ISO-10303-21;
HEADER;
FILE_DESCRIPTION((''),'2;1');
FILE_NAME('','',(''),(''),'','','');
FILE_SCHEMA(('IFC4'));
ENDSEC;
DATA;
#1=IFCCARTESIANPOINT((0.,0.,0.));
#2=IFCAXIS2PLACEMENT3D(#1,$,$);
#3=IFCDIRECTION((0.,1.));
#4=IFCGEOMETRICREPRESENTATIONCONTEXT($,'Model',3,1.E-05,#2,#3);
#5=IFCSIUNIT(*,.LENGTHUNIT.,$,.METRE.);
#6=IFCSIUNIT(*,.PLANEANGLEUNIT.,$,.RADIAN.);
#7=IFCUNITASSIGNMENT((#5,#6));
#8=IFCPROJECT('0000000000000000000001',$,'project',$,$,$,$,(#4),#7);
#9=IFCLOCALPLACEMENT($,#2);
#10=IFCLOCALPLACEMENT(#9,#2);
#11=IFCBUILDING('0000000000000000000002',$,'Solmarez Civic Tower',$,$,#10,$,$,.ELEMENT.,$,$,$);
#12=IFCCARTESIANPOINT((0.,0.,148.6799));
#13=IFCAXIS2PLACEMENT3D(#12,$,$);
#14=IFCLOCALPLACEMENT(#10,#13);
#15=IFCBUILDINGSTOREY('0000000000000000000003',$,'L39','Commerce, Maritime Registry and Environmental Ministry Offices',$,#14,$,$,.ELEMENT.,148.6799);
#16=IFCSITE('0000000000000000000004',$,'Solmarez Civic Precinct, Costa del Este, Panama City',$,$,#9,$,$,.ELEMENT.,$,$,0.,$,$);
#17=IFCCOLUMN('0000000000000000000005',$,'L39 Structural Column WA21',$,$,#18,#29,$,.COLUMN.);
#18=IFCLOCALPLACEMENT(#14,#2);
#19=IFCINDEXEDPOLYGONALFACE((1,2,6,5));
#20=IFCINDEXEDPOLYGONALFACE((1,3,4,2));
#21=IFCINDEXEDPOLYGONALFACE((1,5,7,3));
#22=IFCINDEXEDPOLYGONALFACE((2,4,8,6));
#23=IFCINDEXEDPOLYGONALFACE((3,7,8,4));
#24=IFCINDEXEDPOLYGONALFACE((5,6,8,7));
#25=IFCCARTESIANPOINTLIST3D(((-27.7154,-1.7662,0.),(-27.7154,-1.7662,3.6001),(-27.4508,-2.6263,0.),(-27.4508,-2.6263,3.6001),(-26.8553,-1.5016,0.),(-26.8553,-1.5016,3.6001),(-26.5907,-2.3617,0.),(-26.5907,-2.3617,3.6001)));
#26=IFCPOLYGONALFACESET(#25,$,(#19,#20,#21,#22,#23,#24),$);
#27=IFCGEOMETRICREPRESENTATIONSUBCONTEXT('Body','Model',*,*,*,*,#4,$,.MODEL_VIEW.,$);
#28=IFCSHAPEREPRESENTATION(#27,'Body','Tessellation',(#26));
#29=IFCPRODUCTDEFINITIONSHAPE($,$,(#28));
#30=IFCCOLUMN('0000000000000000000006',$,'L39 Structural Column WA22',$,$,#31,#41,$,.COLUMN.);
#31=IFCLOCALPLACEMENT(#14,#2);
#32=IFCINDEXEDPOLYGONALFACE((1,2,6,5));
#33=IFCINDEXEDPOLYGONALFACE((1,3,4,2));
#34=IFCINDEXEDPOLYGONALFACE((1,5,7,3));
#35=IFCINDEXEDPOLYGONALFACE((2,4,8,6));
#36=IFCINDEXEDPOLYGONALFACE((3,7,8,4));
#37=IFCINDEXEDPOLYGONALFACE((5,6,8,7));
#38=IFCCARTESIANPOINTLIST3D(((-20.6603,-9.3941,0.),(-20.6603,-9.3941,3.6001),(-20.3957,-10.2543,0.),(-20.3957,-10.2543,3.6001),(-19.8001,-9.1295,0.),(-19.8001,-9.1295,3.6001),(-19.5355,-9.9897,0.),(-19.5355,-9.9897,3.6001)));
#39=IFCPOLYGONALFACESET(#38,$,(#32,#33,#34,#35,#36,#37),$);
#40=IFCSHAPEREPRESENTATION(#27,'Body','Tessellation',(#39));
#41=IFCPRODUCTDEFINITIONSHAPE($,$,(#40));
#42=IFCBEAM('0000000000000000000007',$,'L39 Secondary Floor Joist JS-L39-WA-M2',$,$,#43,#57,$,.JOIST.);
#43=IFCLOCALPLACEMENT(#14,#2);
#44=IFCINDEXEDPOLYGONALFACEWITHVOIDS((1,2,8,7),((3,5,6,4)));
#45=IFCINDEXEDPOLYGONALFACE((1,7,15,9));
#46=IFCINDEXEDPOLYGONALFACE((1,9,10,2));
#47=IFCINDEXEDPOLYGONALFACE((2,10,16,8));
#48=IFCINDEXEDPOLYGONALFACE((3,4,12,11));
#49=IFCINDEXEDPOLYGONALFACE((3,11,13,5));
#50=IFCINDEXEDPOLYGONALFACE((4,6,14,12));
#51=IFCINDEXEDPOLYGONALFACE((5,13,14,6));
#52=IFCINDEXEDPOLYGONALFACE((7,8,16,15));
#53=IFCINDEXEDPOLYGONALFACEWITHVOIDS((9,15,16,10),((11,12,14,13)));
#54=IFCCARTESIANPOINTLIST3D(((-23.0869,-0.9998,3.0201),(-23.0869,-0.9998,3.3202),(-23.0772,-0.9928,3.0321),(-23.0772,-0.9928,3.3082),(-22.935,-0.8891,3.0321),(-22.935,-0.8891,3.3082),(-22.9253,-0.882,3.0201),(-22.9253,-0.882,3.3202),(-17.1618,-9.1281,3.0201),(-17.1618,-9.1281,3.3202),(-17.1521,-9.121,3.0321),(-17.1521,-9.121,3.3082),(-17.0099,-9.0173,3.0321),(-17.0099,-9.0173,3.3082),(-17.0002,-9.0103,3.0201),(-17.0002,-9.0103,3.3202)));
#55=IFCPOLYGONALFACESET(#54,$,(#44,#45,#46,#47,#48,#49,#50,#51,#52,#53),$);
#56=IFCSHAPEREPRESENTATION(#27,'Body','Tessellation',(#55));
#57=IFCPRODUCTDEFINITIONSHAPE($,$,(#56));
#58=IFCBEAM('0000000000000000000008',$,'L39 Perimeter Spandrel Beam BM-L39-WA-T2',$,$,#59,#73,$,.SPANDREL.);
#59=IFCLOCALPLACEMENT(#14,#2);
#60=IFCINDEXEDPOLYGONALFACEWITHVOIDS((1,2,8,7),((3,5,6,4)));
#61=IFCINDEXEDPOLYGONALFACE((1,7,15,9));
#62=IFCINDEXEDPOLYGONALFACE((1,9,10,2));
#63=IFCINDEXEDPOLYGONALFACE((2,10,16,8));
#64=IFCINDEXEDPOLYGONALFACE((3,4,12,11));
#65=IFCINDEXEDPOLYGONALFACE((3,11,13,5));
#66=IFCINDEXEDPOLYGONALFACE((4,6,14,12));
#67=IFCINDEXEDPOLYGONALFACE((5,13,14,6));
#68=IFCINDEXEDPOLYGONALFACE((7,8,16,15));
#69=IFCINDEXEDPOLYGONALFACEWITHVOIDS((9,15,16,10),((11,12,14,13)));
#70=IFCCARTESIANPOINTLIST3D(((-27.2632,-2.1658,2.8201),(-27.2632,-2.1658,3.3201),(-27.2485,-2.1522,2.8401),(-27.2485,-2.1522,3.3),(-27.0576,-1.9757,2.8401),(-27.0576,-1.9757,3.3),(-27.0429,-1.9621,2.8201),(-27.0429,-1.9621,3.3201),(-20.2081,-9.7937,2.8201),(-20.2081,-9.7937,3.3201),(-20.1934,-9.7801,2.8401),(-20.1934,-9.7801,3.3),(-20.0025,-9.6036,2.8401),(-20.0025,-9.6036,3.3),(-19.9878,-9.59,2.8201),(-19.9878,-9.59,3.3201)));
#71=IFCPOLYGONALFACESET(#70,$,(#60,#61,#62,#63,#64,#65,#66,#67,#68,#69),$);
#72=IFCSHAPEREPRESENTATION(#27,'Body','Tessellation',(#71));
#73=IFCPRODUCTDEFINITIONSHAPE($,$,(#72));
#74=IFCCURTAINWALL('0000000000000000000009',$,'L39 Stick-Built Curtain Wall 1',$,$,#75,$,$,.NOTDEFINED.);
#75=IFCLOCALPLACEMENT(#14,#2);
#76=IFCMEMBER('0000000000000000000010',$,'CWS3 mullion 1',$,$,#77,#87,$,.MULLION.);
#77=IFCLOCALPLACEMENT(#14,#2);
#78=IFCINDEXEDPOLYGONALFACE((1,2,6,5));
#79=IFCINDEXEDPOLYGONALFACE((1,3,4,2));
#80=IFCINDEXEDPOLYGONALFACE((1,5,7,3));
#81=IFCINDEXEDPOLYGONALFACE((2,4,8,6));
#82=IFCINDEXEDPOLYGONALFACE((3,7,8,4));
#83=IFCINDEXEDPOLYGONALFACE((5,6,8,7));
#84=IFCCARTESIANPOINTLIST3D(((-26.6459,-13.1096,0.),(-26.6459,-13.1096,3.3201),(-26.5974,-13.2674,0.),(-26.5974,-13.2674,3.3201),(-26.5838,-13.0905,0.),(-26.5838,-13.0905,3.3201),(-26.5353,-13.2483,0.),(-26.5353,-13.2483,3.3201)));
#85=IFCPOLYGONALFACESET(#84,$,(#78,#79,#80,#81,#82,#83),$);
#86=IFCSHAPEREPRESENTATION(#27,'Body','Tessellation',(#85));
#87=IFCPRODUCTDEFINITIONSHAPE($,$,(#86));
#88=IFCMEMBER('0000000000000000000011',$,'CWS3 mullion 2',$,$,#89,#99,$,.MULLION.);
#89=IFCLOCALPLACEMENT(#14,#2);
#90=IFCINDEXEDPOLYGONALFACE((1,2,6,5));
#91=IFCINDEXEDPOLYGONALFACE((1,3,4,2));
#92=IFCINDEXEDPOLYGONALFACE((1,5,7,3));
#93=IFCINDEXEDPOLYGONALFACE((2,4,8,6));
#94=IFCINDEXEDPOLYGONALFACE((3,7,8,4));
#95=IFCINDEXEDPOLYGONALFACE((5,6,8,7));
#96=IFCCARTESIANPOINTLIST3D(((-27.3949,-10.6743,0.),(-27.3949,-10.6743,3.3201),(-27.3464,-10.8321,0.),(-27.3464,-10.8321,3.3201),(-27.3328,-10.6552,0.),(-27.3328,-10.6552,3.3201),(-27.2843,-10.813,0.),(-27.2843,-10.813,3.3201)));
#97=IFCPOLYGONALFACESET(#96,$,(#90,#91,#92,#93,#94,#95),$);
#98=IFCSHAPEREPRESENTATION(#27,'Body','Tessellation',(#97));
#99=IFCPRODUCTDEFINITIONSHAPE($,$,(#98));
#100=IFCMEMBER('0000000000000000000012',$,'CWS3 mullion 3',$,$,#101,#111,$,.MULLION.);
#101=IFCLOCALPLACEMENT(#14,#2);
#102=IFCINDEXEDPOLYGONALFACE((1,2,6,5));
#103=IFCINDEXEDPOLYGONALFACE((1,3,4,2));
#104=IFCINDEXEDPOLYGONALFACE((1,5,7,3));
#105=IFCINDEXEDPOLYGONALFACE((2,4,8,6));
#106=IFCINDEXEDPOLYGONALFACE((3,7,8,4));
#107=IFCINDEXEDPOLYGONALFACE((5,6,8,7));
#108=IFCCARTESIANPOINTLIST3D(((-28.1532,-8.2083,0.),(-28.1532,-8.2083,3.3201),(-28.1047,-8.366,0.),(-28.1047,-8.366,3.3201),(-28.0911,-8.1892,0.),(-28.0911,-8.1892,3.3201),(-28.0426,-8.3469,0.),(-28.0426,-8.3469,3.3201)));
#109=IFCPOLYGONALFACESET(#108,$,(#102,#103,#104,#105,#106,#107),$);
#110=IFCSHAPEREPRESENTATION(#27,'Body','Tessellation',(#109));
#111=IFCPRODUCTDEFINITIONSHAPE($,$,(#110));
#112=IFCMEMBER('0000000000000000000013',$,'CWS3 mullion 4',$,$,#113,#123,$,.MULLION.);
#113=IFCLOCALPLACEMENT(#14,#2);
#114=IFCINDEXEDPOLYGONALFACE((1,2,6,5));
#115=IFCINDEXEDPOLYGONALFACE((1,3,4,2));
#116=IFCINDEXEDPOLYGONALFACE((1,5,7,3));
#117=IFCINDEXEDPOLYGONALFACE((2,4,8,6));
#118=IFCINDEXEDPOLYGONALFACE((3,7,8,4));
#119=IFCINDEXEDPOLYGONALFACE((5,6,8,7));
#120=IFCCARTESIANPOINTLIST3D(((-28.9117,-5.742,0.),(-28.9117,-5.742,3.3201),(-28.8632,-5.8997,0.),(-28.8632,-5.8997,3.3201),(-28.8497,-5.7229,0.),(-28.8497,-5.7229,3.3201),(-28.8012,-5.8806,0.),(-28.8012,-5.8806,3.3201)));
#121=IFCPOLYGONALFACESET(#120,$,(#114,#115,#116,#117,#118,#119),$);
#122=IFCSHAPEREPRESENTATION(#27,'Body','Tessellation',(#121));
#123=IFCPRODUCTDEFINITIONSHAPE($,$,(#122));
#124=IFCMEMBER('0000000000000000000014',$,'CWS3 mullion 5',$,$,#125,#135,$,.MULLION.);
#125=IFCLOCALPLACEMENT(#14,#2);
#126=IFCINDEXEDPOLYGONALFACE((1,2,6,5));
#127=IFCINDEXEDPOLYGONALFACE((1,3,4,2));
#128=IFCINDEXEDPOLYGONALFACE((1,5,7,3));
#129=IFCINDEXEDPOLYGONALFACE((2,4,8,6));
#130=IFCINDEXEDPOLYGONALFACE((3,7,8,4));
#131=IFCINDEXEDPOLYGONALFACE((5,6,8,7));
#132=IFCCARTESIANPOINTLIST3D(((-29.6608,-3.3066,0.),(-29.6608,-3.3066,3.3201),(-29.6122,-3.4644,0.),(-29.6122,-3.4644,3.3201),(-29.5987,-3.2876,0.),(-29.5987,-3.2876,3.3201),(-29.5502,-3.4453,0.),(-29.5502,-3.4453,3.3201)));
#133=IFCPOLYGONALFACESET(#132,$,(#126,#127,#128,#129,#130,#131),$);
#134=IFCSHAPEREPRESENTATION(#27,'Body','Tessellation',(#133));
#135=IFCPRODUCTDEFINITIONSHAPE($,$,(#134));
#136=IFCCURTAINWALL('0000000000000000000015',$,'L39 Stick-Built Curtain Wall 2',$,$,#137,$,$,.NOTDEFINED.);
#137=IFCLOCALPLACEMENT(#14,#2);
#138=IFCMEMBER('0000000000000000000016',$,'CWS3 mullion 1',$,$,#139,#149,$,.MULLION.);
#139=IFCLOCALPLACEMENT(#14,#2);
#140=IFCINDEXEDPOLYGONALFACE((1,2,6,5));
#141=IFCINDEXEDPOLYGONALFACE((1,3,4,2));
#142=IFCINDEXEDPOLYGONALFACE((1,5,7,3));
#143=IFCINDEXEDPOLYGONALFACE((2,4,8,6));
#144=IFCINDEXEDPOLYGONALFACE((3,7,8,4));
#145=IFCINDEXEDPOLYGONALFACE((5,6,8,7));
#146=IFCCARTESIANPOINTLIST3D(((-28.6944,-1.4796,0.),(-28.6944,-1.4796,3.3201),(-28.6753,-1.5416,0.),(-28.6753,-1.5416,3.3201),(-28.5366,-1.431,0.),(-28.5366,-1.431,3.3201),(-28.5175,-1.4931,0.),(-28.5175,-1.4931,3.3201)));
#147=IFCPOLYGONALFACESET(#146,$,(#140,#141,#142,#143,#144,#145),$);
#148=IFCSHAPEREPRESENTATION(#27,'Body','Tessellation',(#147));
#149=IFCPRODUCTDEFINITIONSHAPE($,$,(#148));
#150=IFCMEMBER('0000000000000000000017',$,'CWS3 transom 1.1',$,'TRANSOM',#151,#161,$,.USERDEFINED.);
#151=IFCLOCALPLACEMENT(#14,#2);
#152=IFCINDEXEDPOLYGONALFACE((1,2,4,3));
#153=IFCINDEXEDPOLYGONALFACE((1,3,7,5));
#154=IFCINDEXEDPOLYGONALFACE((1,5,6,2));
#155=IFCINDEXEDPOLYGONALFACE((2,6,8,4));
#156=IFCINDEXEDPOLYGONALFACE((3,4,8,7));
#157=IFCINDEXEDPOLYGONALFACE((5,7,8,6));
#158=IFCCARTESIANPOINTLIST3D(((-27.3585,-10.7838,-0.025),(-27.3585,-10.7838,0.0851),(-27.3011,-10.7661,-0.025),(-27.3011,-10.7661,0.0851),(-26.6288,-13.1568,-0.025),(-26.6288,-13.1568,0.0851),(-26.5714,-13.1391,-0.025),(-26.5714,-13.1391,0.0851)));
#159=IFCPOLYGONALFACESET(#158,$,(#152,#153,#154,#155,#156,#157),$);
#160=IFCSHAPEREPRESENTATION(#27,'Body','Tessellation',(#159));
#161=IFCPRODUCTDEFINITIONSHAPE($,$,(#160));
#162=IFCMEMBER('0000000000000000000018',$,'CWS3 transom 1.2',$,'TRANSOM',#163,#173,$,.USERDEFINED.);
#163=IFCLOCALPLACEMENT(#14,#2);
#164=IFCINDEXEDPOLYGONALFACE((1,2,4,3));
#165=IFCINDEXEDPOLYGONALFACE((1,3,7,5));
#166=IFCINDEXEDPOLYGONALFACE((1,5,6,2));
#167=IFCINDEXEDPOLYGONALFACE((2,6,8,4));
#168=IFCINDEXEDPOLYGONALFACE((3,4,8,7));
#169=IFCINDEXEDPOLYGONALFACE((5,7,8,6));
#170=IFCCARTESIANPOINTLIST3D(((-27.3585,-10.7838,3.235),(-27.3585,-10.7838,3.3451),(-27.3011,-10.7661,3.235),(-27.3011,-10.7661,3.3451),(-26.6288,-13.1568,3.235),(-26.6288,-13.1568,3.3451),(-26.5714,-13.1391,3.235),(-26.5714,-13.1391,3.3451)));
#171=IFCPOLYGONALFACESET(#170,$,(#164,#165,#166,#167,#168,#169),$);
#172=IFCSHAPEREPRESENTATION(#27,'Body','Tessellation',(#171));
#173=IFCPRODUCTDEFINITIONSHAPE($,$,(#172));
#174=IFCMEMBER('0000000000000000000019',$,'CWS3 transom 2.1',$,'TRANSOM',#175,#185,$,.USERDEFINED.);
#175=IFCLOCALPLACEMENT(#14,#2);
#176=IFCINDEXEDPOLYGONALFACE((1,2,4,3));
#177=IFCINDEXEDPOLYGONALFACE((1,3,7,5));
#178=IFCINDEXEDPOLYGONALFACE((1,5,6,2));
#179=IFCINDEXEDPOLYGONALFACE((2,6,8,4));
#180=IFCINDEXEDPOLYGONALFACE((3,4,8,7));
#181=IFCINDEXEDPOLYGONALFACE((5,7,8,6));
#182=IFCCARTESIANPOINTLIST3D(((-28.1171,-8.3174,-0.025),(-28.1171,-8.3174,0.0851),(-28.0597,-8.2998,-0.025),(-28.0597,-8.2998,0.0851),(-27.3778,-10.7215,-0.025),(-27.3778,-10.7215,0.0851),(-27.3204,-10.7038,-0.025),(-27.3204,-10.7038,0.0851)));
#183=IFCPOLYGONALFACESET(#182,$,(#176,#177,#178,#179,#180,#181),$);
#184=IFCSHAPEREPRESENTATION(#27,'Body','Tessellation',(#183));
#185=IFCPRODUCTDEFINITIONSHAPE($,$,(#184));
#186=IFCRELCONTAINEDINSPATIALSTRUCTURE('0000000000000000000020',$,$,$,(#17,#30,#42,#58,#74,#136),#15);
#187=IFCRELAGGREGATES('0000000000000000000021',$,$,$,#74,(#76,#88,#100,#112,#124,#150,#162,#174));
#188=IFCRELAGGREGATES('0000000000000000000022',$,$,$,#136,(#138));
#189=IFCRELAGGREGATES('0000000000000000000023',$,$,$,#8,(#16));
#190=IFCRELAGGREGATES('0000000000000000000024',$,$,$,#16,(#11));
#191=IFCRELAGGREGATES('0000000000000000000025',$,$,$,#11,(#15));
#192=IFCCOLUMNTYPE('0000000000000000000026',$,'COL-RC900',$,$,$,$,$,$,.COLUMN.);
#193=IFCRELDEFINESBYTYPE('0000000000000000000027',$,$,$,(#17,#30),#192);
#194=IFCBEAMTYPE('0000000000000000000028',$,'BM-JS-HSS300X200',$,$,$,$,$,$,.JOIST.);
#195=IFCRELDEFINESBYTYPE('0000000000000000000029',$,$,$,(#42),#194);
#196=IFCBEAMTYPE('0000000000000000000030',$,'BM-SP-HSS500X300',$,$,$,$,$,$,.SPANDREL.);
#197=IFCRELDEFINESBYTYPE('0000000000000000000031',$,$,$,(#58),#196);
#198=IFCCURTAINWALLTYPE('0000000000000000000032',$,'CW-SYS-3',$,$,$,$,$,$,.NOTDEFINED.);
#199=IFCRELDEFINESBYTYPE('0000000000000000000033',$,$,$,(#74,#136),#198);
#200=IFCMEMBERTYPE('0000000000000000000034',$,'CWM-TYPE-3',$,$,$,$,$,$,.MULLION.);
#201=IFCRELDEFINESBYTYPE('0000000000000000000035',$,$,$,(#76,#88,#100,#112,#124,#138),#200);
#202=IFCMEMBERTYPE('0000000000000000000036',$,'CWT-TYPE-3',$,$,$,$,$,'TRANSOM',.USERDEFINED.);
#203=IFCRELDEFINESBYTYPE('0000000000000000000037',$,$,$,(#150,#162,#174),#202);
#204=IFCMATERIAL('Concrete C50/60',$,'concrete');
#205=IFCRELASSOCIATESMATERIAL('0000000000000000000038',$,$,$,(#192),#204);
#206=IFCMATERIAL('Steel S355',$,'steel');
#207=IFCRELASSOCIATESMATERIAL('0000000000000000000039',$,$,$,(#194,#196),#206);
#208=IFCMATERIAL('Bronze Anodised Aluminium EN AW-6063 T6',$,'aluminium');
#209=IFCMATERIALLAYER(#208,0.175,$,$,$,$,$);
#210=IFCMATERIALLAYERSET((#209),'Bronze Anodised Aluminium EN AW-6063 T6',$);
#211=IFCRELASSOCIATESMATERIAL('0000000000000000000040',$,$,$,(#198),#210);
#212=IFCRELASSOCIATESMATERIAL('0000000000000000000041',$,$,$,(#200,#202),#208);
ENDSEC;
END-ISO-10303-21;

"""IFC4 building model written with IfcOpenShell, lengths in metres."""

from ifc_helpers import new_model, si_unit, direction, frame, origin, origin_2d, place, context, subcontext, project, spatial, rectangle, hollow_rectangle, extrude, material, layer, layer_set, material_profile, profile_set, type_object, element, aggregate, save


model = new_model("IFC4")

# Units and contexts
model_context = context("Model", 3, precision=1e-05, world=origin(), true_north=direction((0.0, 1.0)))
body_context = subcontext(model_context, "Body", "Model", "MODEL_VIEW")
ifc_project = project(units=[si_unit("LENGTHUNIT", "METRE"), si_unit("PLANEANGLEUNIT", "RADIAN")], contexts=[model_context])

# Site, building, storey
site_placement = place(None, origin())
site = spatial("IfcSite", under=ifc_project, at=site_placement, Name="Solmarez Civic Precinct, Costa del Este, Panama City", CompositionType="ELEMENT", RefElevation=0.0)
building_placement = place(site_placement, origin())
building = spatial("IfcBuilding", under=site, at=building_placement, Name="Solmarez Civic Tower", CompositionType="ELEMENT")
storey_placement = place(building_placement, frame((0.0, 0.0, 148.6799)))
storey = spatial("IfcBuildingStorey", under=building, at=storey_placement, Name="L39", Description="Commerce, Maritime Registry and Environmental Ministry Offices", CompositionType="ELEMENT", Elevation=148.6799)

# Columns
ifc_material_1 = material(Name="Concrete C50/60", Category="concrete")
ifc_material_profile_1 = material_profile(ifc_material_1, rectangle(XDim=0.8999, YDim=0.8999, at=origin_2d()), Name="RC900X900")
ifc_profile_set_1 = profile_set([ifc_material_profile_1], Name="Concrete C50/60")
column_type = type_object("IfcColumnType", Name="COL-RC900", PredefinedType="COLUMN", material=ifc_profile_set_1)
for number, where, z_axis, x_axis, name in (
    (1, (-27.1531, -2.064, 0.0), (0.0, 0.0, 1.0), (0.955793, 0.29404, 0.0), "L39 Structural Column WA21"),
    (2, (-20.0979, -9.6919, 0.0), (0.0, 0.0, 1.0), (0.955793, 0.29404, 0.0), "L39 Structural Column WA22"),
):
    element("IfcColumn", number, at=place(storey_placement, frame(where, z_axis=z_axis, x_axis=x_axis)), inside=storey, type_object=column_type, Name=name, PredefinedType="COLUMN", context=body_context, shape_type="SweptSolid", body=[
        extrude(rectangle(XDim=0.8999, YDim=0.8999, at=origin_2d()), origin(), (0.0, 0.0, 1.0), 3.6001),
    ])

# Beams
ifc_material_2 = material(Name="Steel S355", Category="steel")
ifc_material_profile_2 = material_profile(ifc_material_2, hollow_rectangle(XDim=0.2, YDim=0.3, WallThickness=0.012, at=origin_2d()), Name="HSS300X200X12")
ifc_profile_set_2 = profile_set([ifc_material_profile_2], Name="Steel S355")
beam_type_1 = type_object("IfcBeamType", Name="BM-JS-HSS300X200", PredefinedType="JOIST", material=ifc_profile_set_2)
beam_1_placement = place(storey_placement, frame((-23.0061, -0.9409, 3.1702), z_axis=(0.589059, -0.80809, 0.0), x_axis=(0.80809, 0.589059, 0.0)))
element("IfcBeam", 3, at=beam_1_placement, inside=storey, type_object=beam_type_1, Name="L39 Secondary Floor Joist JS-L39-WA-M2", PredefinedType="JOIST", context=body_context, shape_type="SweptSolid", body=[
    extrude(hollow_rectangle(XDim=0.2, YDim=0.3, WallThickness=0.012, at=origin_2d()), origin(), (0.0, 0.0, 1.0), 10.0586),
])
ifc_material_profile_3 = material_profile(ifc_material_2, hollow_rectangle(XDim=0.3, YDim=0.5, WallThickness=0.02, at=origin_2d()), Name="HSS500X300X20")
ifc_profile_set_3 = profile_set([ifc_material_profile_3], Name="Steel S355")
beam_type_2 = type_object("IfcBeamType", Name="BM-SP-HSS500X300", PredefinedType="SPANDREL", material=ifc_profile_set_3)
beam_2_placement = place(storey_placement, frame((-27.1531, -2.064, 3.0701), z_axis=(0.679008, -0.734131, 0.0), x_axis=(0.734131, 0.679008, 0.0)))
element("IfcBeam", 4, at=beam_2_placement, inside=storey, type_object=beam_type_2, Name="L39 Perimeter Spandrel Beam BM-L39-WA-T2", PredefinedType="SPANDREL", context=body_context, shape_type="SweptSolid", body=[
    extrude(hollow_rectangle(XDim=0.3, YDim=0.5, WallThickness=0.02, at=origin_2d()), origin(), (0.0, 0.0, 1.0), 10.3904),
])

# Curtain wall, members
ifc_material_3 = material(Name="Bronze Anodised Aluminium EN AW-6063 T6", Category="aluminium")
ifc_layer_1 = layer(ifc_material_3, 0.175)
ifc_layer_set_1 = layer_set([ifc_layer_1], Name="Bronze Anodised Aluminium EN AW-6063 T6")
curtain_wall_type = type_object("IfcCurtainWallType", Name="CW-SYS-3", PredefinedType="NOTDEFINED", material=ifc_layer_set_1)
curtain_wall_1_placement = place(storey_placement, origin())
curtain_wall_1 = element("IfcCurtainWall", 5, at=curtain_wall_1_placement, inside=storey, type_object=curtain_wall_type, Name="L39 Stick-Built Curtain Wall 1", PredefinedType="NOTDEFINED")
ifc_material_profile_4 = material_profile(ifc_material_3, rectangle(XDim=0.0649, YDim=0.165, at=origin_2d()), Name="CWM-65X165")
ifc_profile_set_4 = profile_set([ifc_material_profile_4], Name="Bronze Anodised Aluminium EN AW-6063 T6")
member_type_1 = type_object("IfcMemberType", Name="CWM-TYPE-3", PredefinedType="MULLION", material=ifc_profile_set_4)
member_1_placement = place(storey_placement, frame((-26.5906, -13.179, 0.0), z_axis=(0.0, 0.0, 1.0), x_axis=(-0.955817, -0.293963, 0.0)))
member_1 = element("IfcMember", 6, at=member_1_placement, type_object=member_type_1, Name="CWS3 mullion 1", PredefinedType="MULLION", context=body_context, shape_type="SweptSolid", body=[
    extrude(rectangle(XDim=0.0649, YDim=0.165, at=origin_2d()), origin(), (0.0, 0.0, 1.0), 3.3201),
])
member_2_placement = place(storey_placement, frame((-27.3396, -10.7437, 0.0), z_axis=(0.0, 0.0, 1.0), x_axis=(-0.955817, -0.293963, 0.0)))
member_2 = element("IfcMember", 7, at=member_2_placement, type_object=member_type_1, Name="CWS3 mullion 2", PredefinedType="MULLION", context=body_context, shape_type="SweptSolid", body=[
    extrude(rectangle(XDim=0.0649, YDim=0.165, at=origin_2d()), origin(), (0.0, 0.0, 1.0), 3.3201),
])
member_3_placement = place(storey_placement, frame((-28.0979, -8.2776, 0.0), z_axis=(0.0, 0.0, 1.0), x_axis=(-0.955817, -0.293963, 0.0)))
member_3 = element("IfcMember", 8, at=member_3_placement, type_object=member_type_1, Name="CWS3 mullion 3", PredefinedType="MULLION", context=body_context, shape_type="SweptSolid", body=[
    extrude(rectangle(XDim=0.0649, YDim=0.165, at=origin_2d()), origin(), (0.0, 0.0, 1.0), 3.3201),
])
member_4_placement = place(storey_placement, frame((-28.8564, -5.8113, 0.0), z_axis=(0.0, 0.0, 1.0), x_axis=(-0.955817, -0.293963, 0.0)))
member_4 = element("IfcMember", 9, at=member_4_placement, type_object=member_type_1, Name="CWS3 mullion 4", PredefinedType="MULLION", context=body_context, shape_type="SweptSolid", body=[
    extrude(rectangle(XDim=0.0649, YDim=0.165, at=origin_2d()), origin(), (0.0, 0.0, 1.0), 3.3201),
])
member_5_placement = place(storey_placement, frame((-29.6055, -3.376, 0.0), z_axis=(0.0, 0.0, 1.0), x_axis=(-0.955817, -0.293963, 0.0)))
member_5 = element("IfcMember", 10, at=member_5_placement, type_object=member_type_1, Name="CWS3 mullion 5", PredefinedType="MULLION", context=body_context, shape_type="SweptSolid", body=[
    extrude(rectangle(XDim=0.0649, YDim=0.165, at=origin_2d()), origin(), (0.0, 0.0, 1.0), 3.3201),
])

# Curtain wall, member
curtain_wall_2_placement = place(storey_placement, origin())
curtain_wall_2 = element("IfcCurtainWall", 11, at=curtain_wall_2_placement, inside=storey, type_object=curtain_wall_type, Name="L39 Stick-Built Curtain Wall 2", PredefinedType="NOTDEFINED")
member_6_placement = place(storey_placement, frame((-28.606, -1.4863, 0.0), z_axis=(0.0, 0.0, 1.0), x_axis=(-0.294008, 0.955803, 0.0)))
member_6 = element("IfcMember", 12, at=member_6_placement, type_object=member_type_1, Name="CWS3 mullion 1", PredefinedType="MULLION", context=body_context, shape_type="SweptSolid", body=[
    extrude(rectangle(XDim=0.0649, YDim=0.165, at=origin_2d()), origin(), (0.0, 0.0, 1.0), 3.3201),
])

# Members
ifc_material_profile_5 = material_profile(ifc_material_3, rectangle(XDim=0.0601, YDim=0.1101, at=origin_2d()), Name="CWT-60X110")
ifc_profile_set_5 = profile_set([ifc_material_profile_5], Name="Bronze Anodised Aluminium EN AW-6063 T6")
member_type_2 = type_object("IfcMemberType", Name="CWT-TYPE-3", ElementType="TRANSOM", PredefinedType="USERDEFINED", material=ifc_profile_set_5)
member_7_placement = place(storey_placement, frame((-26.6001, -13.1479, 0.03), z_axis=(-0.293927, 0.955828, 0.0), x_axis=(-0.955828, -0.293927, 0.0)))
member_7 = element("IfcMember", 13, at=member_7_placement, type_object=member_type_2, Name="CWS3 transom 1.1", ObjectType="TRANSOM", PredefinedType="USERDEFINED", context=body_context, shape_type="SweptSolid", body=[
    extrude(rectangle(XDim=0.0601, YDim=0.1101, at=origin_2d()), origin(), (0.0, 0.0, 1.0), 2.4827),
])
member_8_placement = place(storey_placement, frame((-26.6001, -13.1479, 3.29), z_axis=(-0.293927, 0.955828, 0.0), x_axis=(-0.955828, -0.293927, 0.0)))
member_8 = element("IfcMember", 14, at=member_8_placement, type_object=member_type_2, Name="CWS3 transom 1.2", ObjectType="TRANSOM", PredefinedType="USERDEFINED", context=body_context, shape_type="SweptSolid", body=[
    extrude(rectangle(XDim=0.0601, YDim=0.1101, at=origin_2d()), origin(), (0.0, 0.0, 1.0), 2.4827),
])
member_9_placement = place(storey_placement, frame((-27.3491, -10.7126, 0.03), z_axis=(-0.293922, 0.955829, 0.0), x_axis=(-0.955829, -0.293922, 0.0)))
member_9 = element("IfcMember", 15, at=member_9_placement, type_object=member_type_2, Name="CWS3 transom 2.1", ObjectType="TRANSOM", PredefinedType="USERDEFINED", context=body_context, shape_type="SweptSolid", body=[
    extrude(rectangle(XDim=0.0601, YDim=0.1101, at=origin_2d()), origin(), (0.0, 0.0, 1.0), 2.5151),
])

aggregate(curtain_wall_1, [member_1, member_2, member_3, member_4, member_5, member_7, member_8, member_9])
aggregate(curtain_wall_2, [member_6])

save(model, "model.ifc")
